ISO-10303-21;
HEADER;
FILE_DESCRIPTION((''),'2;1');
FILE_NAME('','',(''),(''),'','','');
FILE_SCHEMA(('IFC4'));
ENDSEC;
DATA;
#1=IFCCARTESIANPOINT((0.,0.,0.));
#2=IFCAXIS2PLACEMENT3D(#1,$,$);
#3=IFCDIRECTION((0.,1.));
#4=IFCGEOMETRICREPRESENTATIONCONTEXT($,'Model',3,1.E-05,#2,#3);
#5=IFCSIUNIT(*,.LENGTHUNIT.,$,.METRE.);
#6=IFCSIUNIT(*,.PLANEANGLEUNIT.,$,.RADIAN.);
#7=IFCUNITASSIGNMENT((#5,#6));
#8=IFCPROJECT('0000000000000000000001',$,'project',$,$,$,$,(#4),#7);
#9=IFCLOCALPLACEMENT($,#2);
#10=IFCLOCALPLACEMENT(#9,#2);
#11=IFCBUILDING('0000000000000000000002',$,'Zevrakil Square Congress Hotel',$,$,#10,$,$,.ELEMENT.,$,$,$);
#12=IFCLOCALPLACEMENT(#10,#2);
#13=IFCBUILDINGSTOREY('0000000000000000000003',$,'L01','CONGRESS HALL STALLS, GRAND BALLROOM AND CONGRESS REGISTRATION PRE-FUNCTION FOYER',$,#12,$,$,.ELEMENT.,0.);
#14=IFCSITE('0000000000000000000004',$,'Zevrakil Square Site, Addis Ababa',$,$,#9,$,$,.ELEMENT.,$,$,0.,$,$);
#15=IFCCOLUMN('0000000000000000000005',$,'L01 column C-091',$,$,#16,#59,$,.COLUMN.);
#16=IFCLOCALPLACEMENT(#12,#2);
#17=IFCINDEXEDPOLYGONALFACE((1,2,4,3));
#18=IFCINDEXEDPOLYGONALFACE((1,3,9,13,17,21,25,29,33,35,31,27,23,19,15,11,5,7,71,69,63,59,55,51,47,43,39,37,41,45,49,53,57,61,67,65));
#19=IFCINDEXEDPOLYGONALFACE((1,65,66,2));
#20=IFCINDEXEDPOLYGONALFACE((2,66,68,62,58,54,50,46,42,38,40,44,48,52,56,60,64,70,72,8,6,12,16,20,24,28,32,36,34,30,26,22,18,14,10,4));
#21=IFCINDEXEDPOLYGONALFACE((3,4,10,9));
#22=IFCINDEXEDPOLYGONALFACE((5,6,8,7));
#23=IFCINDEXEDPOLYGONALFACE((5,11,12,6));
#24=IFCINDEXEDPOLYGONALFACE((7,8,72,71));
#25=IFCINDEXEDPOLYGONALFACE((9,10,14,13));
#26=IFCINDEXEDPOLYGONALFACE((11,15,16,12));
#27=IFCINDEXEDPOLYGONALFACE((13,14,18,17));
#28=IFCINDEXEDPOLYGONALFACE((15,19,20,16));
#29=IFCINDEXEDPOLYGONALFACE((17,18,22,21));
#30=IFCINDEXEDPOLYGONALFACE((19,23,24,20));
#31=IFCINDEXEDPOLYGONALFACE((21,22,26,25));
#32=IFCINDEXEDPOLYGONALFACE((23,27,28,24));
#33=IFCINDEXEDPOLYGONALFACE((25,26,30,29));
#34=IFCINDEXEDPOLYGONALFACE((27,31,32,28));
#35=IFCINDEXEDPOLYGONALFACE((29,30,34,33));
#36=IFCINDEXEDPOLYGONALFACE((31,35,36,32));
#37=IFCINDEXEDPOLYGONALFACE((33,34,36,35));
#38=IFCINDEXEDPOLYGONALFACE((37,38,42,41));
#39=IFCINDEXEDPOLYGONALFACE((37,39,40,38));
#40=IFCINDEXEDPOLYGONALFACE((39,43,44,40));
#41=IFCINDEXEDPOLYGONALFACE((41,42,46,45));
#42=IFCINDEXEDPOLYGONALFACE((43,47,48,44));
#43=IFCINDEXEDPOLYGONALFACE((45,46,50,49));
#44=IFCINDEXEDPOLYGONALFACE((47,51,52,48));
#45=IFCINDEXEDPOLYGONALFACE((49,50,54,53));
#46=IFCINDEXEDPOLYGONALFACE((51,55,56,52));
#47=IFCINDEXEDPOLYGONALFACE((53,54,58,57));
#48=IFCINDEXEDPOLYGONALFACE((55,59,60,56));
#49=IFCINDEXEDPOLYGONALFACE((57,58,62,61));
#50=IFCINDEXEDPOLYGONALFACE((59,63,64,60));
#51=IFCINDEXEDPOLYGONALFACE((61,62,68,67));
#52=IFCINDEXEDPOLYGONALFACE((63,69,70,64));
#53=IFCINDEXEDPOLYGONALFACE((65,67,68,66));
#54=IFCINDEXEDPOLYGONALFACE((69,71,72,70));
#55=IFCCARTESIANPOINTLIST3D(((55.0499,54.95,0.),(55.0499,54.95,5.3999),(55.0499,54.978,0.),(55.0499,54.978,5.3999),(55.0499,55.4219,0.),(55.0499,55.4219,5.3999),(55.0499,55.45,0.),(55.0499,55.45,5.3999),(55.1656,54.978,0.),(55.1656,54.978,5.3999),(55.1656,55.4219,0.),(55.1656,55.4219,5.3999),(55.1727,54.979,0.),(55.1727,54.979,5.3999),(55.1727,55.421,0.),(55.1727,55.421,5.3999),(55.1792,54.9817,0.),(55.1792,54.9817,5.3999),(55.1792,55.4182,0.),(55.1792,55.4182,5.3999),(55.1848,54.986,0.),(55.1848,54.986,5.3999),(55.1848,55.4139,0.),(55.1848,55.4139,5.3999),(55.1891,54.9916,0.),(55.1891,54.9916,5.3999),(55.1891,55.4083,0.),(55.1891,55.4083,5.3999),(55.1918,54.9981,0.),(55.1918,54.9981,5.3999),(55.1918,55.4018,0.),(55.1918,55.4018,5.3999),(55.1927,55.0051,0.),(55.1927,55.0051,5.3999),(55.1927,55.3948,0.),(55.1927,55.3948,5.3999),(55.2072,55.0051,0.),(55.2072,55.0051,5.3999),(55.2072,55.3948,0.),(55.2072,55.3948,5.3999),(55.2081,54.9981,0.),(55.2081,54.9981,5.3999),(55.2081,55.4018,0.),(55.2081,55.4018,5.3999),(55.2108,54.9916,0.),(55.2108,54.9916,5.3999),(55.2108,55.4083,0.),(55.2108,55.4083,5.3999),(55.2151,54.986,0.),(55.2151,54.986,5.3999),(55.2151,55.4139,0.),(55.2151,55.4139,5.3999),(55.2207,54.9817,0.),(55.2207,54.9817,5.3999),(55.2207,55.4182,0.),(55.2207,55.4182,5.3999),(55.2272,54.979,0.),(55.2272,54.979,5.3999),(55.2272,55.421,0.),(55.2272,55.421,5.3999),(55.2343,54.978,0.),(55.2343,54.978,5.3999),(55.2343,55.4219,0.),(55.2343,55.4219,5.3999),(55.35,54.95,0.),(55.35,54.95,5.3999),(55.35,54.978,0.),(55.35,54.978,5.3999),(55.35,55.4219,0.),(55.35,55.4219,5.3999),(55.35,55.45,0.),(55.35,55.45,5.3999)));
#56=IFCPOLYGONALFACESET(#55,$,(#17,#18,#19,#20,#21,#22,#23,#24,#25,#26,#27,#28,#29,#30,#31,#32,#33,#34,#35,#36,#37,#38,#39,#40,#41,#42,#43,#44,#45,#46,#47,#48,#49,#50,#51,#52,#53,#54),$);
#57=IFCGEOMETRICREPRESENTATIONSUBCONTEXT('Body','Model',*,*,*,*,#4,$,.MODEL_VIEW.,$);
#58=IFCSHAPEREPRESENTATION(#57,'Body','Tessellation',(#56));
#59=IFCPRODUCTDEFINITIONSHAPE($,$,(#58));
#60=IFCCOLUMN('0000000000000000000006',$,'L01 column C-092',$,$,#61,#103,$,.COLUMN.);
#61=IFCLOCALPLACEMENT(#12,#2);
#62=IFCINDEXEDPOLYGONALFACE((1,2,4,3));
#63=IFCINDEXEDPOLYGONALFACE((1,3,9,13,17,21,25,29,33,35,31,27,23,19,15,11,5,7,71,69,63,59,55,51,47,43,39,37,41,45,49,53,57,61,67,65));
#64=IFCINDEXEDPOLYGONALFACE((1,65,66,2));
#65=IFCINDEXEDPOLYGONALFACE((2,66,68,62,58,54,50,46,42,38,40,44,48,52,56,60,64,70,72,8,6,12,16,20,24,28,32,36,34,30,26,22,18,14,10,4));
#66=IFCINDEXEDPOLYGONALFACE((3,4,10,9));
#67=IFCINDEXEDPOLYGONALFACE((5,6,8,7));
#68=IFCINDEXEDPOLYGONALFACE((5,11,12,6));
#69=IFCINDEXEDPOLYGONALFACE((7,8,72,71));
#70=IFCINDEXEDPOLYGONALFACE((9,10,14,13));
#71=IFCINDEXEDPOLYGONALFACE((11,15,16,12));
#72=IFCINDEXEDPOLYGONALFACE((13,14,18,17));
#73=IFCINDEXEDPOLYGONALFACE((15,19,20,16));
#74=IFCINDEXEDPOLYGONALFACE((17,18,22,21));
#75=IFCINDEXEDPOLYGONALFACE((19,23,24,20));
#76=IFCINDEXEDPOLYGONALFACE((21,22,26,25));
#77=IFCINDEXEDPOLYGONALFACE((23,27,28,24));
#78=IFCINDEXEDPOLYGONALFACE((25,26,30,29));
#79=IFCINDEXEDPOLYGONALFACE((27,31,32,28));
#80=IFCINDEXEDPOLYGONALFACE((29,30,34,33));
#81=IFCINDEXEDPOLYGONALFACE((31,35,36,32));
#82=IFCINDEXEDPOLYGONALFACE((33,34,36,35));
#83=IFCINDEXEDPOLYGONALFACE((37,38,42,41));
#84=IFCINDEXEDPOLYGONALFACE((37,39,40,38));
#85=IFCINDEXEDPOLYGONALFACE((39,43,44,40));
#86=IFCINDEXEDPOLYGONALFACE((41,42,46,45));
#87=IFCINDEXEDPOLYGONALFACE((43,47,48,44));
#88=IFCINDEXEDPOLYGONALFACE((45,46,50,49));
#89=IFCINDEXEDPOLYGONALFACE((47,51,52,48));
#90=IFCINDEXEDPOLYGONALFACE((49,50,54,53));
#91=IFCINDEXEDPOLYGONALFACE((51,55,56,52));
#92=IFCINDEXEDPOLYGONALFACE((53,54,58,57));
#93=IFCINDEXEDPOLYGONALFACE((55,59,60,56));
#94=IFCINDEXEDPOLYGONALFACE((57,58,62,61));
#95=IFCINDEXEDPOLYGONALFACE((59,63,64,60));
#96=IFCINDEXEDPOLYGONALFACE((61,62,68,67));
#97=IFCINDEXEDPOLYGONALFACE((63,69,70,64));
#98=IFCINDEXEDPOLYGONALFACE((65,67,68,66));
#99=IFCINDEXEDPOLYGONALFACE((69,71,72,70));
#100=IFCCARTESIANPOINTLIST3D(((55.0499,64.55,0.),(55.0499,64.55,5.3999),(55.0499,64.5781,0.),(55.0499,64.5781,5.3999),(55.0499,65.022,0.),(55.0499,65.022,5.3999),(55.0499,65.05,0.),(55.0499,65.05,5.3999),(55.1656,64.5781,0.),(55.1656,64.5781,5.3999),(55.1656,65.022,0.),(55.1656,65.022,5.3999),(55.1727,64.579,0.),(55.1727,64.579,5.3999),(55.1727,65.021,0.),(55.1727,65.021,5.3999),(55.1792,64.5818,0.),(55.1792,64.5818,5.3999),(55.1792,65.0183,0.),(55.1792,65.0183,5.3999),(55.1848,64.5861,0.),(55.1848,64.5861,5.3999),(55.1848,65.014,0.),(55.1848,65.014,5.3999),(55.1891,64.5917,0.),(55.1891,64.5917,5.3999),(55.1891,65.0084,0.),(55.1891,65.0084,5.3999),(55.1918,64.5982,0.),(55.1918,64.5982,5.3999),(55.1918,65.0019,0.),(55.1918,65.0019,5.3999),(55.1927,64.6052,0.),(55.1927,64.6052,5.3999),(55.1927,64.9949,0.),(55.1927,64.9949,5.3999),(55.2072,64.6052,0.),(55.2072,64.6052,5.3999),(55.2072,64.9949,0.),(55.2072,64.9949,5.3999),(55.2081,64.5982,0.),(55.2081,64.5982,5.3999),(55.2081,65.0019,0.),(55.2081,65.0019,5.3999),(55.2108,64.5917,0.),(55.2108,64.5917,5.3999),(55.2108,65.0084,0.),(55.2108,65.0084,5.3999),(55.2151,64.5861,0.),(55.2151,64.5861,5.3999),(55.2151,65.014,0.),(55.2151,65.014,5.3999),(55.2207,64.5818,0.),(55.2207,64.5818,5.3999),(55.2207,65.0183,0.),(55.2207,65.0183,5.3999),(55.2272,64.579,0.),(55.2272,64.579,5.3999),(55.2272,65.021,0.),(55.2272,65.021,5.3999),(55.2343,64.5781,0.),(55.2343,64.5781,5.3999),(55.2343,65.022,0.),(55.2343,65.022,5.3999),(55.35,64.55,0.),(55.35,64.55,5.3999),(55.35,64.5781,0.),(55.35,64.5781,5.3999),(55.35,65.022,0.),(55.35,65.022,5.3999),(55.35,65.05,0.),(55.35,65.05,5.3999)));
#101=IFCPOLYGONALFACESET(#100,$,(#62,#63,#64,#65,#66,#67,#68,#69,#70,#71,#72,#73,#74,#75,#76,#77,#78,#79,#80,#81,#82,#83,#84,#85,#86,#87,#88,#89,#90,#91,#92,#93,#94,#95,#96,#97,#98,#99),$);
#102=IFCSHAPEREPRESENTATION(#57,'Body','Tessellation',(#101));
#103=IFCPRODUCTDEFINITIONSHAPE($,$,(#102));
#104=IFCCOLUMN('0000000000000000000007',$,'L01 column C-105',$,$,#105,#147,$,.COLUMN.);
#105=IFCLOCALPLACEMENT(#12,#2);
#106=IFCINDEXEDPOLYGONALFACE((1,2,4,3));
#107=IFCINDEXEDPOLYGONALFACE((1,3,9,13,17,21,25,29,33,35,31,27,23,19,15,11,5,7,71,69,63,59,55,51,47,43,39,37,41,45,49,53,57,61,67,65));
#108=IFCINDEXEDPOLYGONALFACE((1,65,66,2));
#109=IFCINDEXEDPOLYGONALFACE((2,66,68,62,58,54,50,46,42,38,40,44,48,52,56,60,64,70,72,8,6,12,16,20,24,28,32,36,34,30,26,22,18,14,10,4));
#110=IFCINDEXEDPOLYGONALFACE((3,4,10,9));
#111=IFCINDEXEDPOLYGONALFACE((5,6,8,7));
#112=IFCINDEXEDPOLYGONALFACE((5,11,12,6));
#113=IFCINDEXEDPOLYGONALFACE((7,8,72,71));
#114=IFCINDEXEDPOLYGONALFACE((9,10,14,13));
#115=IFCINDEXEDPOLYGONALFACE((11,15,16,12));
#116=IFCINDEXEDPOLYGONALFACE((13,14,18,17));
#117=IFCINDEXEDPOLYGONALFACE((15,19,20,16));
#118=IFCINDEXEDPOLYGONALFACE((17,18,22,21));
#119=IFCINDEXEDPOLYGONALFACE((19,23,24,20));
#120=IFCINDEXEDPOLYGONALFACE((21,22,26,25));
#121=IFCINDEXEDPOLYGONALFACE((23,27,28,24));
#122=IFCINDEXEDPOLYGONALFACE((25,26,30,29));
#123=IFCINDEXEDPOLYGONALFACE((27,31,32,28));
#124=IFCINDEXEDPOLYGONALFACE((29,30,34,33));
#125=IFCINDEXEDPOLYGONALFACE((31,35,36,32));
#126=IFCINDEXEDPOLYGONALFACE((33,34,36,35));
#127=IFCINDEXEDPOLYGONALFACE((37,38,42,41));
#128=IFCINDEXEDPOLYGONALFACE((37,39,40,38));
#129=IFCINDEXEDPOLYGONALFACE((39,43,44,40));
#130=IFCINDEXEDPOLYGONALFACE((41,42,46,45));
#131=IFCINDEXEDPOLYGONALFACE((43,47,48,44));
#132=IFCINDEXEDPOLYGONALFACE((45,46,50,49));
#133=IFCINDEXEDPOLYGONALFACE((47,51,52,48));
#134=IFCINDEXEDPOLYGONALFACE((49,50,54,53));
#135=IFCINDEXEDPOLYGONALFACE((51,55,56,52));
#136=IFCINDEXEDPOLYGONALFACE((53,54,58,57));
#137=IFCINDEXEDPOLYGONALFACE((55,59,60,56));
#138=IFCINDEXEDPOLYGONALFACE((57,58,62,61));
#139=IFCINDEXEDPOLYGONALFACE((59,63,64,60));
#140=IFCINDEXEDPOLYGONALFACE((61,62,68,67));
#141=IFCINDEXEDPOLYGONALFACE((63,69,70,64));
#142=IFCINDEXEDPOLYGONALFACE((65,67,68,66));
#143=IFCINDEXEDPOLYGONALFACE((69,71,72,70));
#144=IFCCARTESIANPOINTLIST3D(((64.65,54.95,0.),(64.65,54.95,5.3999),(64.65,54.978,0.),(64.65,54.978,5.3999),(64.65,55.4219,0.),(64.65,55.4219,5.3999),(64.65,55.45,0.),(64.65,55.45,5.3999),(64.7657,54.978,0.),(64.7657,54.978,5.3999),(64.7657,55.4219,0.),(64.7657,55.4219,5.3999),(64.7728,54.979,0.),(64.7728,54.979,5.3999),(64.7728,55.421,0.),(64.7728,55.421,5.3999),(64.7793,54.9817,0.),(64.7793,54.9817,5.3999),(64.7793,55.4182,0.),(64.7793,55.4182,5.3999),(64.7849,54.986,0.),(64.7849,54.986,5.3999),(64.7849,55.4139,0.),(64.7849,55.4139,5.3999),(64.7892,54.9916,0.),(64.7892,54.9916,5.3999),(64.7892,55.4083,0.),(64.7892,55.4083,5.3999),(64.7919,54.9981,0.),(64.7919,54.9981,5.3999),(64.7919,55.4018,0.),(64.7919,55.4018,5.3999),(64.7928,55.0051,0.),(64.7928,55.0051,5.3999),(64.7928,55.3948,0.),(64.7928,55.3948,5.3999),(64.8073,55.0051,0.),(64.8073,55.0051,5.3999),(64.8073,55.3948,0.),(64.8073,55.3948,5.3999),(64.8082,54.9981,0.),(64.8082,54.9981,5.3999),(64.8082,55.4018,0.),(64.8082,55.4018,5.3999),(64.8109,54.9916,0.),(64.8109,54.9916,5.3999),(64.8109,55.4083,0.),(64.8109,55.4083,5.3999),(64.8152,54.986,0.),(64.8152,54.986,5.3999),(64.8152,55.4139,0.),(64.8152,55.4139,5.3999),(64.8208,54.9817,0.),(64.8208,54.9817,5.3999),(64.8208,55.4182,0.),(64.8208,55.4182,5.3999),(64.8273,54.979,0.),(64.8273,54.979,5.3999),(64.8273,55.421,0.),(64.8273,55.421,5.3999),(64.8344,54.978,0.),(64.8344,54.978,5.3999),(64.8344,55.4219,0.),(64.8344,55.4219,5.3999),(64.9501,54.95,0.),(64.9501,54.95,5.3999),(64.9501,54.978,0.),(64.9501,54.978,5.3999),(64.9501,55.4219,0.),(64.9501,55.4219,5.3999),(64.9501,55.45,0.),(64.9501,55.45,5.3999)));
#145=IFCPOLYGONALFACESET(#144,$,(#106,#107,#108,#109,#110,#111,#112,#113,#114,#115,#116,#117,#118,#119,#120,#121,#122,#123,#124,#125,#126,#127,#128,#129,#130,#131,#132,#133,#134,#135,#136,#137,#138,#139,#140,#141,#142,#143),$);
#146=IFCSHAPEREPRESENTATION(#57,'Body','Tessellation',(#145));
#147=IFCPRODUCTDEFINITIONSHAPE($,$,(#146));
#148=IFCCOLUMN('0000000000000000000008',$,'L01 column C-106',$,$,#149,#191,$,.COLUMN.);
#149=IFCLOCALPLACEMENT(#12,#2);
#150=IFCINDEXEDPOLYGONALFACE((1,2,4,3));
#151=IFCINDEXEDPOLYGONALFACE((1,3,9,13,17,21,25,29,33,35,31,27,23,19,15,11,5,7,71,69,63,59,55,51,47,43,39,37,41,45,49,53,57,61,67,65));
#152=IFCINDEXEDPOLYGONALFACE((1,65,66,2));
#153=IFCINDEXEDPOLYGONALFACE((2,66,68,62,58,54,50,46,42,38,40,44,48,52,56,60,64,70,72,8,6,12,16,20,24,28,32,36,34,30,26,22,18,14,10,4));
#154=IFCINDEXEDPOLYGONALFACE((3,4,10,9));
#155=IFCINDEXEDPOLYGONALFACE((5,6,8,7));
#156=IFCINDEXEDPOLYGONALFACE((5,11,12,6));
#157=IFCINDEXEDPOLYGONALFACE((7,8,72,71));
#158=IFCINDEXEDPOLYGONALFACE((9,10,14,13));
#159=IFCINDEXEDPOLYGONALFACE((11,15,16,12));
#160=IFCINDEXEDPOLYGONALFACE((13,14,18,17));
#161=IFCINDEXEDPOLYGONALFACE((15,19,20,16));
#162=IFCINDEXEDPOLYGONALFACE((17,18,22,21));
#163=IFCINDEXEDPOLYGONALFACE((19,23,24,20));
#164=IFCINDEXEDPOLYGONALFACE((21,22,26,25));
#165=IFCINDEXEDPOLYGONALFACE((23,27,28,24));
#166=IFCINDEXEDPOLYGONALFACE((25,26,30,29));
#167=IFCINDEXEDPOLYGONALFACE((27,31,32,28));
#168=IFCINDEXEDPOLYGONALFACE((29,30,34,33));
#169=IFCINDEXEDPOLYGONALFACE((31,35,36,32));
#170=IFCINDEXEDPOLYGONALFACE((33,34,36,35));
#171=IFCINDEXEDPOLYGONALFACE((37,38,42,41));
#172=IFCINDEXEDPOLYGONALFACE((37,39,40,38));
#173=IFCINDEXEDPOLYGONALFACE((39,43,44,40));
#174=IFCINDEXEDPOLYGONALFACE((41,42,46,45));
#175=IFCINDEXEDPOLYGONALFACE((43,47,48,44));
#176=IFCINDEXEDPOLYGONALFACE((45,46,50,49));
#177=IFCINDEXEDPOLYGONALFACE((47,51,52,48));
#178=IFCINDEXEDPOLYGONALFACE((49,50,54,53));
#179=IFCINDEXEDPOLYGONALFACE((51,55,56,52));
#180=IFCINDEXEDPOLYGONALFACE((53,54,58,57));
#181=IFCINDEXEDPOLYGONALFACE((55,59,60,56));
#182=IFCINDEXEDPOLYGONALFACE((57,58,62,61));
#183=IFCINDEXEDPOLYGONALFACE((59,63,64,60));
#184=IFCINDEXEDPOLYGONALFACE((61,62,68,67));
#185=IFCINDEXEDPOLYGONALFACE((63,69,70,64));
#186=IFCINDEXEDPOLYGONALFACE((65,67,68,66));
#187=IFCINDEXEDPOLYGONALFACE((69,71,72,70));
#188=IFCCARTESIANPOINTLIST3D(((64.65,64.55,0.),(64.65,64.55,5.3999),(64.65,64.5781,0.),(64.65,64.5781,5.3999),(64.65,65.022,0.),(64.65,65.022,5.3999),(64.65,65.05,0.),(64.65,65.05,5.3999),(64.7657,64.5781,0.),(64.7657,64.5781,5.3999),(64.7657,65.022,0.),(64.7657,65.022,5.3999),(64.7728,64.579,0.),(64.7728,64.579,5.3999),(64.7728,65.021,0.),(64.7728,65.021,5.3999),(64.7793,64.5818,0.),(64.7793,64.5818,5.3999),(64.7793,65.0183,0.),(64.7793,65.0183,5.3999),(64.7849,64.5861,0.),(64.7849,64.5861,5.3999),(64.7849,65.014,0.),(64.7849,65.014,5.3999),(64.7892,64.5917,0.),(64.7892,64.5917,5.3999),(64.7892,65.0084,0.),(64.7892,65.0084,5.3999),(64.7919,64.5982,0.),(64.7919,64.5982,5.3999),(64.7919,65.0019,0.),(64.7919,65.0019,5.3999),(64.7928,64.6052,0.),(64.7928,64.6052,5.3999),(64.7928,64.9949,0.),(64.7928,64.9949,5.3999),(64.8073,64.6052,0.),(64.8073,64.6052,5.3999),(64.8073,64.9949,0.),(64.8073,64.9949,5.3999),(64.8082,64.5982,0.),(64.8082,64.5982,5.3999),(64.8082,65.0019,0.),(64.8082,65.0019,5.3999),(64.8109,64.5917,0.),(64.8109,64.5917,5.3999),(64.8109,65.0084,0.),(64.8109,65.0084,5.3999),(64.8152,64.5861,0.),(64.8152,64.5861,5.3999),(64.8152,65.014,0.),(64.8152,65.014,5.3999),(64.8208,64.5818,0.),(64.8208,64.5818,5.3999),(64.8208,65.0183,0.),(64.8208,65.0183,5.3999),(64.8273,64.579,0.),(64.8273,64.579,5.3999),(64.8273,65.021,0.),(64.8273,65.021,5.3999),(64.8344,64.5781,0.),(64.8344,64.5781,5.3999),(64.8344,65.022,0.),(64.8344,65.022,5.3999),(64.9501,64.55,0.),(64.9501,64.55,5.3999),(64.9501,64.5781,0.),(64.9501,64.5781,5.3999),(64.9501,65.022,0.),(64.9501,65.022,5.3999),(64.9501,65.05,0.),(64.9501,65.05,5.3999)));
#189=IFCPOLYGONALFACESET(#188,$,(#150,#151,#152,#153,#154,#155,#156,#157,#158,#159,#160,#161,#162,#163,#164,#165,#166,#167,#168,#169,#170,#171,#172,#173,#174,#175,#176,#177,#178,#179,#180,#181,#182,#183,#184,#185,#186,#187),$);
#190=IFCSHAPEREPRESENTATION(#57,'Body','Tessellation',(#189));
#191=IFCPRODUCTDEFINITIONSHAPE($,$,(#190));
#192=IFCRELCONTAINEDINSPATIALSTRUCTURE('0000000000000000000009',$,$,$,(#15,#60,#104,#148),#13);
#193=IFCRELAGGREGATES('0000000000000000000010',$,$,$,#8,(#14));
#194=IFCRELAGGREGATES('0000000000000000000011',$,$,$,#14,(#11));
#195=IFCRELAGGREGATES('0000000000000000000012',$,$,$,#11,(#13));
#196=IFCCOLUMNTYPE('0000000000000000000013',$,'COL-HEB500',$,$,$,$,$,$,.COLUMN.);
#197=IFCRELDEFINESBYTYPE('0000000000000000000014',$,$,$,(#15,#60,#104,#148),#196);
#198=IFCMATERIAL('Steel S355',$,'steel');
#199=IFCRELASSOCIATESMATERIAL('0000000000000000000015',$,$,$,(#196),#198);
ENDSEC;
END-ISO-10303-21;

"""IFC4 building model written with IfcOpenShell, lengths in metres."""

from ifc_helpers import new_model, si_unit, direction, frame, origin, origin_2d, place, context, subcontext, project, spatial, i_section, extrude, material, material_profile, profile_set, type_object, element, save


model = new_model("IFC4")

# Units and contexts
model_context = context("Model", 3, precision=1e-05, world=origin(), true_north=direction((0.0, 1.0)))
body_context = subcontext(model_context, "Body", "Model", "MODEL_VIEW")
ifc_project = project(units=[si_unit("LENGTHUNIT", "METRE"), si_unit("PLANEANGLEUNIT", "RADIAN")], contexts=[model_context])

# Site, building, storey
site_placement = place(None, origin())
site = spatial("IfcSite", under=ifc_project, at=site_placement, Name="Zevrakil Square Site, Addis Ababa", CompositionType="ELEMENT", RefElevation=0.0)
building_placement = place(site_placement, origin())
building = spatial("IfcBuilding", under=site, at=building_placement, Name="Zevrakil Square Congress Hotel", CompositionType="ELEMENT")
storey_placement = place(building_placement, origin())
storey = spatial("IfcBuildingStorey", under=building, at=storey_placement, Name="L01", Description="CONGRESS HALL STALLS, GRAND BALLROOM AND CONGRESS REGISTRATION PRE-FUNCTION FOYER", CompositionType="ELEMENT", Elevation=0.0)

# Columns
ifc_material_1 = material(Name="Steel S355", Category="steel")
ifc_material_profile_1 = material_profile(ifc_material_1, i_section(OverallWidth=0.3, OverallDepth=0.5, WebThickness=0.0144, FlangeThickness=0.0281, FilletRadius=0.0271, at=origin_2d()), Name="HEB 500")
ifc_profile_set_1 = profile_set([ifc_material_profile_1], Name="Steel S355")
column_type = type_object("IfcColumnType", Name="COL-HEB500", PredefinedType="COLUMN", material=ifc_profile_set_1)
for number, where, z_axis, x_axis, name in (
    (1, (55.2, 55.2, 0.0), (0.0, 0.0, 1.0), (1.0, 0.0, 0.0), "L01 column C-091"),
    (2, (55.2, 64.8, 0.0), (0.0, 0.0, 1.0), (1.0, 0.0, 0.0), "L01 column C-092"),
    (3, (64.8, 55.2, 0.0), (0.0, 0.0, 1.0), (1.0, 0.0, 0.0), "L01 column C-105"),
    (4, (64.8, 64.8, 0.0), (0.0, 0.0, 1.0), (1.0, 0.0, 0.0), "L01 column C-106"),
):
    element("IfcColumn", number, at=place(storey_placement, frame(where, z_axis=z_axis, x_axis=x_axis)), inside=storey, type_object=column_type, Name=name, PredefinedType="COLUMN", context=body_context, shape_type="SweptSolid", body=[
        extrude(i_section(OverallWidth=0.3, OverallDepth=0.5, WebThickness=0.0144, FlangeThickness=0.0281, FilletRadius=0.0271, at=origin_2d()), origin(), (0.0, 0.0, 1.0), 5.3999),
    ])

save(model, "model.ifc")
